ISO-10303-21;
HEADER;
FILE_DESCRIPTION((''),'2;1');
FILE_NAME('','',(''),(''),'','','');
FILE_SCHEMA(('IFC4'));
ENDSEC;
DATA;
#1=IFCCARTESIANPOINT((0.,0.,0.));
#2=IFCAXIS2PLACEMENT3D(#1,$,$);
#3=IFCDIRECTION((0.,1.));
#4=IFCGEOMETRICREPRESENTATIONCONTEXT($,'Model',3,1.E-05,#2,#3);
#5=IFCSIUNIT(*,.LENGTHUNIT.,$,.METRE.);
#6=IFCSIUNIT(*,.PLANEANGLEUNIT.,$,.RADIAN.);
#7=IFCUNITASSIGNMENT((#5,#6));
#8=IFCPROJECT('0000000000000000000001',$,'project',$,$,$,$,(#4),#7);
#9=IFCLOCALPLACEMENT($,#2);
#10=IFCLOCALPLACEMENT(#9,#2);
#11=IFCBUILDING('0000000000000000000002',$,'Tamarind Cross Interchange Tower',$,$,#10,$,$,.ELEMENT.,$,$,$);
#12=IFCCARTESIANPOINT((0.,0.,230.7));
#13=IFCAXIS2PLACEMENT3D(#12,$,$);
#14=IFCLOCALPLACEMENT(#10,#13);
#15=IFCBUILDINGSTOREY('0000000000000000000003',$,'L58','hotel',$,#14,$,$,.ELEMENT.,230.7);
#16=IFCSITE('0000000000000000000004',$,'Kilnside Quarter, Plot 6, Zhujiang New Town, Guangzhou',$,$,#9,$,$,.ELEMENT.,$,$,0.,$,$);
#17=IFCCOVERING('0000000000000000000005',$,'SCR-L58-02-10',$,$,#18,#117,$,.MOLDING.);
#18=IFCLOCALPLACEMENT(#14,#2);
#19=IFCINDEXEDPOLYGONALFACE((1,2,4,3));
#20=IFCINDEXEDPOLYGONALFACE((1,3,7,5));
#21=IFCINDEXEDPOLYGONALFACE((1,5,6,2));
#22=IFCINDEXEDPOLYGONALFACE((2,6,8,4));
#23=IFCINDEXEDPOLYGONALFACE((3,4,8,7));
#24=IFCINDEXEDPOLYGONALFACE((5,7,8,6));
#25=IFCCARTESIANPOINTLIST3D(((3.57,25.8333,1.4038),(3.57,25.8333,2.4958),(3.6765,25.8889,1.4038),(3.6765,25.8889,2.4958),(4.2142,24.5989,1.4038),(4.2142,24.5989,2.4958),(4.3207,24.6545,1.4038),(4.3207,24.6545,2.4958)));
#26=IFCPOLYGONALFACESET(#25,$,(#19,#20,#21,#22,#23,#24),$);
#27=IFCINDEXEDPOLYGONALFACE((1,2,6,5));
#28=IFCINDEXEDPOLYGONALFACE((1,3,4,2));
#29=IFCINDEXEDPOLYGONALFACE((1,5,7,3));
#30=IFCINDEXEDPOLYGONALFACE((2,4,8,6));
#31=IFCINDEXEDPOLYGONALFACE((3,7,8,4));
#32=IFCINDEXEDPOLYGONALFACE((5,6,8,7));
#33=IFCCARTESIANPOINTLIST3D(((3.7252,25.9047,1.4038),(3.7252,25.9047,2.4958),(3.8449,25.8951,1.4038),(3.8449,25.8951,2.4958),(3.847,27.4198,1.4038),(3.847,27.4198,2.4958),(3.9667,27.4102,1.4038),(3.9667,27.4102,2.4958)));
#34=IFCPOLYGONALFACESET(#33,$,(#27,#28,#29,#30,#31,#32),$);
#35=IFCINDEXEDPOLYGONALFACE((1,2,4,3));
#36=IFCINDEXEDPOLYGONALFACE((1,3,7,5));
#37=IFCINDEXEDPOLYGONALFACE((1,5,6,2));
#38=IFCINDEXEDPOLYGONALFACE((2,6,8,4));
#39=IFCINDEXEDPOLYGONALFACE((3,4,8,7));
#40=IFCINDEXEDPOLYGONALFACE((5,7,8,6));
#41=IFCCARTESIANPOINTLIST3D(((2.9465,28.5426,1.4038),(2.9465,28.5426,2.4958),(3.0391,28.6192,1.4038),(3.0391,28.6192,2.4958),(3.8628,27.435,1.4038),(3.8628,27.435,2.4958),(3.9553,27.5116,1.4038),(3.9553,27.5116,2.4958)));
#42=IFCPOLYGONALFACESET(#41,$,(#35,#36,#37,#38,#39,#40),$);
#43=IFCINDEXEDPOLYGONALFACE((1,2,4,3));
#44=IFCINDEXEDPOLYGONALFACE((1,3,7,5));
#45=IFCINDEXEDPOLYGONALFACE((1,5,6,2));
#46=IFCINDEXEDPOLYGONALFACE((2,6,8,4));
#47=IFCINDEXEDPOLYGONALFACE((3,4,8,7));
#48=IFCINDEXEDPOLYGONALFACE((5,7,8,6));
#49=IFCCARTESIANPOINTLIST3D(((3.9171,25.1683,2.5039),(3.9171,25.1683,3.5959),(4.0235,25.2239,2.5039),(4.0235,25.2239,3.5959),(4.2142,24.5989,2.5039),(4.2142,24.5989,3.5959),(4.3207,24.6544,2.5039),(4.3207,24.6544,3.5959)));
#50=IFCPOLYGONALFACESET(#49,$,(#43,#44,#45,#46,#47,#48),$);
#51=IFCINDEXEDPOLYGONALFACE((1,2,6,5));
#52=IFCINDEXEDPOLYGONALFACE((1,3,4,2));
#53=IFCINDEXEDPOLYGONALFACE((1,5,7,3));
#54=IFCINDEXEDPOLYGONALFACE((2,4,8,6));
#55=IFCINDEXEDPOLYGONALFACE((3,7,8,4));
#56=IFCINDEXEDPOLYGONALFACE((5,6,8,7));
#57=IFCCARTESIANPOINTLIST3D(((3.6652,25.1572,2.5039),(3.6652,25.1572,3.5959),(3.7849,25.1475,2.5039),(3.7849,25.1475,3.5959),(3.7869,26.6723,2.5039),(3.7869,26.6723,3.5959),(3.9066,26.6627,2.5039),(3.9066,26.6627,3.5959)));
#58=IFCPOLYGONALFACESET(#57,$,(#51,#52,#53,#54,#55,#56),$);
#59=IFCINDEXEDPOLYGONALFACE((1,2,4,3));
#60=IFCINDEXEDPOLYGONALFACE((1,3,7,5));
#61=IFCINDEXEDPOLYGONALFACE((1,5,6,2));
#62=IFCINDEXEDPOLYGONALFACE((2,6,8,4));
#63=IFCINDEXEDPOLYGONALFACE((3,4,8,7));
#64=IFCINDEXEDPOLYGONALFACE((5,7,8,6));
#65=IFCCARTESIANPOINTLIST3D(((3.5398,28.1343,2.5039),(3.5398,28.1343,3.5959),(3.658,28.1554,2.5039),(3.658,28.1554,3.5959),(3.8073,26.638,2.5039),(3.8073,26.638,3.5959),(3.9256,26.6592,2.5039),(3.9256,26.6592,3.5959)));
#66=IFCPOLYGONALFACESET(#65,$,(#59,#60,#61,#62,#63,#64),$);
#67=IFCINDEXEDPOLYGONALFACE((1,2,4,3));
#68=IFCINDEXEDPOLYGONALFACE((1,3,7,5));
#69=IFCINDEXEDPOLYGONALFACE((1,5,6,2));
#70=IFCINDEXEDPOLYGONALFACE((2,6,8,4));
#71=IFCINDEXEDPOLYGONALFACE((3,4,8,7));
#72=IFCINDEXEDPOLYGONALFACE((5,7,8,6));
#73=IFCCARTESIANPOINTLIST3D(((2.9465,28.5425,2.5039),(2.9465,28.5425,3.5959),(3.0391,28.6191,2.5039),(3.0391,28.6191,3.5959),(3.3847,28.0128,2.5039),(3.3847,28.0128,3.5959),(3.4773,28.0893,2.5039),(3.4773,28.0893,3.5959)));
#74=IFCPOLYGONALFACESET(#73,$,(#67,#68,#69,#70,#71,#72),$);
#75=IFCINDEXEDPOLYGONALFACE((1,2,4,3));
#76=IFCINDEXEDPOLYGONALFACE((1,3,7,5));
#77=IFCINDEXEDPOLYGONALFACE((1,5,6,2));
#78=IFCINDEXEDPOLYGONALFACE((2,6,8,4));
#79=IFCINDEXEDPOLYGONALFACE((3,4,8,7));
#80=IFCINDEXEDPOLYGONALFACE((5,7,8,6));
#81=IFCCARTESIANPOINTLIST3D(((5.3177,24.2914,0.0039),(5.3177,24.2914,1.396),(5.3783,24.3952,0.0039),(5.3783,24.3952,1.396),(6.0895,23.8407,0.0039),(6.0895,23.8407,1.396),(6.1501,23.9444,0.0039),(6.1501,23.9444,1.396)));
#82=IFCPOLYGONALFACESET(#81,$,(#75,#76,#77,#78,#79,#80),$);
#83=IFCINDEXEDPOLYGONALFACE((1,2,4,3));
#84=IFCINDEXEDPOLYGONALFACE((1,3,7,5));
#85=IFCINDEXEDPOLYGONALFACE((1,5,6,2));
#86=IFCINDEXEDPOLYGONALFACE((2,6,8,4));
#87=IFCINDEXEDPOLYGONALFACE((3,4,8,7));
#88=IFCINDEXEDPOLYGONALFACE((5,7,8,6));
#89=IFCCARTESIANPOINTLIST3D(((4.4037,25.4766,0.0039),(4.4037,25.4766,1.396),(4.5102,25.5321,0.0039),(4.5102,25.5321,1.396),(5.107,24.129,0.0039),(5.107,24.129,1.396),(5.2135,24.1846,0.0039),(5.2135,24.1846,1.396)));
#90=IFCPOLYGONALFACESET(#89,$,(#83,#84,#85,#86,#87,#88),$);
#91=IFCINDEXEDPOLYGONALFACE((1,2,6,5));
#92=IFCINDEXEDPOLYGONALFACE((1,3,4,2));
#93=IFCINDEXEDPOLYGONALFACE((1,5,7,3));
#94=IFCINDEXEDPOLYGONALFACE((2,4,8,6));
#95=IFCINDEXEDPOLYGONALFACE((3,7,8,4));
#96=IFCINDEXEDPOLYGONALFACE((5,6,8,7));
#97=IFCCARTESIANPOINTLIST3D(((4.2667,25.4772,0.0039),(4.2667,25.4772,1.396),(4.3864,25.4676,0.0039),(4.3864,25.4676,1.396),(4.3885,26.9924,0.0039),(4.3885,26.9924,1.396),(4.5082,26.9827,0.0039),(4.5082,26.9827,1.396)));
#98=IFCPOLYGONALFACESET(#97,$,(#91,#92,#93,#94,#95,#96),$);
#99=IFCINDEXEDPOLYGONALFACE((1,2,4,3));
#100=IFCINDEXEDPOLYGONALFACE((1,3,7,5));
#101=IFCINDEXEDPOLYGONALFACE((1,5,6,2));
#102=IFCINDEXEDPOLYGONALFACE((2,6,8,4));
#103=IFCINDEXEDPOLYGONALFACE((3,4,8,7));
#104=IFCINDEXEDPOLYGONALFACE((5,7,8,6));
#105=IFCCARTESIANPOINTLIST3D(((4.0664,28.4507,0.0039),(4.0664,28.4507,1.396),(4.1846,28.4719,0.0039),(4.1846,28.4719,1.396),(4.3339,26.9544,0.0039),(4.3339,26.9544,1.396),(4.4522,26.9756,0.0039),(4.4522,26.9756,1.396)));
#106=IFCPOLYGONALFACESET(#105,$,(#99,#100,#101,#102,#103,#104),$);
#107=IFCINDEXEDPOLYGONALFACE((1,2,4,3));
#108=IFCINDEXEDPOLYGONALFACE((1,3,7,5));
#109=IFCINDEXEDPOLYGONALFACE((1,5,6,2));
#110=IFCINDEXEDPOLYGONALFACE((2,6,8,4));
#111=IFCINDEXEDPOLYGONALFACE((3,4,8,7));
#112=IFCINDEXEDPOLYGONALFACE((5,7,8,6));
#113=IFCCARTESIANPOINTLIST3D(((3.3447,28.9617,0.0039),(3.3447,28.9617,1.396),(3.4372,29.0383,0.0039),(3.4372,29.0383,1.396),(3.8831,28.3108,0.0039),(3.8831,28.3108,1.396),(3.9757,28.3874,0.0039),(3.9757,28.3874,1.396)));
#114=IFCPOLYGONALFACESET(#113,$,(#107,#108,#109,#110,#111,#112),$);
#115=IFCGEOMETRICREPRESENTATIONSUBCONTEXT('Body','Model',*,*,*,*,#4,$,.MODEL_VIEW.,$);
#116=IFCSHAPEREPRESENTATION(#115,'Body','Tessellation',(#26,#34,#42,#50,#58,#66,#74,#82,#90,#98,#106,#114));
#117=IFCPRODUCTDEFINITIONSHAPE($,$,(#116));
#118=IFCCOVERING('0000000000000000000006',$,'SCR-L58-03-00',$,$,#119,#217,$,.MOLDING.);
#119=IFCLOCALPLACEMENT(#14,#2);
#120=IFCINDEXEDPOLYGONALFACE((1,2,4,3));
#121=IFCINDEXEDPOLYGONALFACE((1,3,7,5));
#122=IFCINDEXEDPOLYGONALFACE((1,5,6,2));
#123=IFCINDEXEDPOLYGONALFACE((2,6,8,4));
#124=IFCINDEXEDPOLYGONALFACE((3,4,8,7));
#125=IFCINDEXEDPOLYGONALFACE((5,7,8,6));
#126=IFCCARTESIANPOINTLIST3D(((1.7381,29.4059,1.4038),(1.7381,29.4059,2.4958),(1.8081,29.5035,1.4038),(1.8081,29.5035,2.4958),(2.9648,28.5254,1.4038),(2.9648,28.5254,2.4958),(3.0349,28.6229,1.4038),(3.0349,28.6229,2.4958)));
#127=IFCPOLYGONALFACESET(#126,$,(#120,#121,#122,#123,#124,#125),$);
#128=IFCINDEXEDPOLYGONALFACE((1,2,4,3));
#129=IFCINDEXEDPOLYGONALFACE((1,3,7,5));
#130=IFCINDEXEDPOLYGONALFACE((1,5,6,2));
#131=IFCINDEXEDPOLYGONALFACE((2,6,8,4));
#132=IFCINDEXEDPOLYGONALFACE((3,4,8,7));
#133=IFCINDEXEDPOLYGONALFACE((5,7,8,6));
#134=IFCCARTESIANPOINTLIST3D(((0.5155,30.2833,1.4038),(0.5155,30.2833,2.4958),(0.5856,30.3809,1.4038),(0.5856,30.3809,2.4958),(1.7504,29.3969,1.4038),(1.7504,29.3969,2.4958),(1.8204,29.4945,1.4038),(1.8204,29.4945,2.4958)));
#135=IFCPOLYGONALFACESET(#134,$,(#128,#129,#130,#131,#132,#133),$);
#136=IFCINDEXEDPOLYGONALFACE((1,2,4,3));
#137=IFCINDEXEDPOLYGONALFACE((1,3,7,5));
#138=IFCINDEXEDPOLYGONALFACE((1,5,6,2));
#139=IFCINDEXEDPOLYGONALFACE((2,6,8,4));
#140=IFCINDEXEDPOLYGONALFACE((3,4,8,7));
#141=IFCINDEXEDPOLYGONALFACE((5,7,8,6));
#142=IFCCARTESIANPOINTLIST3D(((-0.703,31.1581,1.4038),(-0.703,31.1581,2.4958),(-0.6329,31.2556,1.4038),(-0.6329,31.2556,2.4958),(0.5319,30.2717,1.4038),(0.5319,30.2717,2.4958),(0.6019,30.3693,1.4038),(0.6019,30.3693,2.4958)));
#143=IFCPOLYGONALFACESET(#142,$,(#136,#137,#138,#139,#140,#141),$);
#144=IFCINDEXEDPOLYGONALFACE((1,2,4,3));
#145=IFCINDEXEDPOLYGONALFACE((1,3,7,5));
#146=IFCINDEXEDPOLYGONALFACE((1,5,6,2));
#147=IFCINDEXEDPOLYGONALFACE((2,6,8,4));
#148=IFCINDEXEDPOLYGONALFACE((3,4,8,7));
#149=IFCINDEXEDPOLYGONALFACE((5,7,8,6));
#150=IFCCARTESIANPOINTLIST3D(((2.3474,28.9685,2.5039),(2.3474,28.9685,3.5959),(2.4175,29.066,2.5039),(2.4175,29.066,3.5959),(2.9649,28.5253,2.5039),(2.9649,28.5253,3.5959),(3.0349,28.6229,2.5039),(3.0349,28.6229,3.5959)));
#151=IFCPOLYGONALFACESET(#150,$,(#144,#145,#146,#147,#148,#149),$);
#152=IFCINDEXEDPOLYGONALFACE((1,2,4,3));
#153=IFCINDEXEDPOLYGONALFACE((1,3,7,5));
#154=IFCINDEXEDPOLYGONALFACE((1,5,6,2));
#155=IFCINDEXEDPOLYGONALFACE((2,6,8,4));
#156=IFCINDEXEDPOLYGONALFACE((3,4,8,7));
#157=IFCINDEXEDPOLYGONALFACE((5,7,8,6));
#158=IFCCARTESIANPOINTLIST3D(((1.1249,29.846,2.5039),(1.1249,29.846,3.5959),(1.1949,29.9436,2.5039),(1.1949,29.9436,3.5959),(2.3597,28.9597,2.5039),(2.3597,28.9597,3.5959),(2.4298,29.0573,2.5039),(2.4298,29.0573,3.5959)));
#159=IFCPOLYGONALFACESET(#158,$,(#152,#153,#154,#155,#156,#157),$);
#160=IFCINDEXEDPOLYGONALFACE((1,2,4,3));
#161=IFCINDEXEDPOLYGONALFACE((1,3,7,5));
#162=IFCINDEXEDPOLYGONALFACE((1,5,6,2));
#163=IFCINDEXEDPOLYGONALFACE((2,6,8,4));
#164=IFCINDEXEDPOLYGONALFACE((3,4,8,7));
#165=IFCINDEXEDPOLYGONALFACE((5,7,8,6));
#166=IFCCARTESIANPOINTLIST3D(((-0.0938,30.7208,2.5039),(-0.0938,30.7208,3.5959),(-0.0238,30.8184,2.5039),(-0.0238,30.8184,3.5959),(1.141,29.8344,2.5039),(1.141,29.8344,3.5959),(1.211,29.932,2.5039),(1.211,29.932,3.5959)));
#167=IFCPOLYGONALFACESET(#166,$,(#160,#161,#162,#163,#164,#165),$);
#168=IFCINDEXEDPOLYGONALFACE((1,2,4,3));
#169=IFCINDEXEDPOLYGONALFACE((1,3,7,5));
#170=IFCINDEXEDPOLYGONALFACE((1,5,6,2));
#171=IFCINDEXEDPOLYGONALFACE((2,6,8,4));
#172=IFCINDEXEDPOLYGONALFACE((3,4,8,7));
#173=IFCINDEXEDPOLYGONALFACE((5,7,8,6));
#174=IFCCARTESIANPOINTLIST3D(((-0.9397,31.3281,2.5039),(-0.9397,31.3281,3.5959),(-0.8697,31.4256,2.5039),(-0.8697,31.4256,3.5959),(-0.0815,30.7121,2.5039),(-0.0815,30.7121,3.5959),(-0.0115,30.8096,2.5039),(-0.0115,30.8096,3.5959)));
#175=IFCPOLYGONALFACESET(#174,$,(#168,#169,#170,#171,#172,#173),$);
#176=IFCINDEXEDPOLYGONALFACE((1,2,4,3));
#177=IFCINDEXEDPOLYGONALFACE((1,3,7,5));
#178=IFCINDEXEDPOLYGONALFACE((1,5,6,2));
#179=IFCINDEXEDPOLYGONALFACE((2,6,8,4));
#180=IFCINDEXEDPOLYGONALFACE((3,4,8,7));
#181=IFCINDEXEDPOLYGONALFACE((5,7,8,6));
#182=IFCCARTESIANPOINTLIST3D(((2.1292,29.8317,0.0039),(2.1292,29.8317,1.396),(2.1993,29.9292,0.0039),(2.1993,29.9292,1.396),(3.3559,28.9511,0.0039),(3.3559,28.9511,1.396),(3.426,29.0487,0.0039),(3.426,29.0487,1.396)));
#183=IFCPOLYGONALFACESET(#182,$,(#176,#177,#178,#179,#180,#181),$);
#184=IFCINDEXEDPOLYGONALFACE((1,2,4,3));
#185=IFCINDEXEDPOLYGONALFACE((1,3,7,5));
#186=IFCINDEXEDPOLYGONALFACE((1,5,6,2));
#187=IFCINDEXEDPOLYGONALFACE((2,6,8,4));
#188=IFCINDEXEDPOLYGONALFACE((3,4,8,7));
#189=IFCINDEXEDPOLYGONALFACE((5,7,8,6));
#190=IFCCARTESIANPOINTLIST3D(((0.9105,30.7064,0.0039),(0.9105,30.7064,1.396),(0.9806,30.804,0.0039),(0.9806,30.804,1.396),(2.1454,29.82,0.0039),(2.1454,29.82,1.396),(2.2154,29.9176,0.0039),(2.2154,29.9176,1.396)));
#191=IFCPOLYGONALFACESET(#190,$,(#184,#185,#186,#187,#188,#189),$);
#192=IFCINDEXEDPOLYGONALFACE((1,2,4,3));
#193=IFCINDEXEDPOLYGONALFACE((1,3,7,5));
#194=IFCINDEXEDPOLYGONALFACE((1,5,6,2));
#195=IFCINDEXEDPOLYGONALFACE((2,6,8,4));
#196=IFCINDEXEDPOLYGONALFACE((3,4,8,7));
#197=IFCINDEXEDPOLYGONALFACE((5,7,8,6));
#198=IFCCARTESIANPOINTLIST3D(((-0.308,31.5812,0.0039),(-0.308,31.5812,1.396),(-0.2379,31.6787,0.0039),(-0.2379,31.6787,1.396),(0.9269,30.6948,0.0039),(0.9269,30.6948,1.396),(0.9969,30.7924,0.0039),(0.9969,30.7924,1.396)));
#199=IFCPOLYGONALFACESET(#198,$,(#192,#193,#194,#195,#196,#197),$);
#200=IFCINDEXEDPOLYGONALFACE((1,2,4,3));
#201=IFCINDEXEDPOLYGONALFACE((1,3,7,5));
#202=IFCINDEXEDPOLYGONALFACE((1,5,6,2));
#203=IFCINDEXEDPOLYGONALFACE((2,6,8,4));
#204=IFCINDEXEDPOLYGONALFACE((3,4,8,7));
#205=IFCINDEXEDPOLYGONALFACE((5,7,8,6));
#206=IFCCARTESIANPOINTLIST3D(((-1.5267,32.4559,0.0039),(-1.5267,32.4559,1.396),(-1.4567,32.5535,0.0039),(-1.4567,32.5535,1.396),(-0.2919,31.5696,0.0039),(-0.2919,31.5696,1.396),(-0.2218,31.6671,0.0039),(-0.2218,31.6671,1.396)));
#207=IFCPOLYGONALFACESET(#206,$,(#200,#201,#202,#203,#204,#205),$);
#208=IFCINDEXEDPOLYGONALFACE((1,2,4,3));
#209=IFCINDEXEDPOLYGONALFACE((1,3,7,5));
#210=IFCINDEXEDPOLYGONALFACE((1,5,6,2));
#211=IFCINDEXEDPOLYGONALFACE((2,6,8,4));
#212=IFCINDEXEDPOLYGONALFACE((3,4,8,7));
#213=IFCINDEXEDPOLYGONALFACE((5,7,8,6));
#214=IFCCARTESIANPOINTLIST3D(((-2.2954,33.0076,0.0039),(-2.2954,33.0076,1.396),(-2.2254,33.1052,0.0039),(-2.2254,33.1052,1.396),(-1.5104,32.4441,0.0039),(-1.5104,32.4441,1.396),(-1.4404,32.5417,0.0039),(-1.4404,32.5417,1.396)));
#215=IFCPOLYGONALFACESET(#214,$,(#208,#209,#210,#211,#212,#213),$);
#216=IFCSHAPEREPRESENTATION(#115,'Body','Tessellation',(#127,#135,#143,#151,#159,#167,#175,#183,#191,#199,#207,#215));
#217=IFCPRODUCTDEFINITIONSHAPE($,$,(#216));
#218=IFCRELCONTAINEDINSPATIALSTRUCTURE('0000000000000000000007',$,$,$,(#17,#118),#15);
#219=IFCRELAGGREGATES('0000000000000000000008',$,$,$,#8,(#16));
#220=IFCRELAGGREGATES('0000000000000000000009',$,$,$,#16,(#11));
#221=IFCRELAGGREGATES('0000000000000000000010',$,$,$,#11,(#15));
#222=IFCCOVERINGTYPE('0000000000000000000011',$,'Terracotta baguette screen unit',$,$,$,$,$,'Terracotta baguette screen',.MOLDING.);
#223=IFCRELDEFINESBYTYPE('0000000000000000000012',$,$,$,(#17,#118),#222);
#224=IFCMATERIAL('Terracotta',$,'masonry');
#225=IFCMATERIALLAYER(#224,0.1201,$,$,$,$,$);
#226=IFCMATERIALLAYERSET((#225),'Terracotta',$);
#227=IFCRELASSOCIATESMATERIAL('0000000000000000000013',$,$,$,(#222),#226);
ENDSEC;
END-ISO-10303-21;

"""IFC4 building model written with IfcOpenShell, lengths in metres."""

from ifc_helpers import new_model, si_unit, direction, frame, origin, origin_2d, place, context, subcontext, project, spatial, rectangle, extrude, material, layer, layer_set, type_object, element, save


model = new_model("IFC4")

# Units and contexts
model_context = context("Model", 3, precision=1e-05, world=origin(), true_north=direction((0.0, 1.0)))
body_context = subcontext(model_context, "Body", "Model", "MODEL_VIEW")
ifc_project = project(units=[si_unit("LENGTHUNIT", "METRE"), si_unit("PLANEANGLEUNIT", "RADIAN")], contexts=[model_context])

# Site, building, storey
site_placement = place(None, origin())
site = spatial("IfcSite", under=ifc_project, at=site_placement, Name="Kilnside Quarter, Plot 6, Zhujiang New Town, Guangzhou", CompositionType="ELEMENT", RefElevation=0.0)
building_placement = place(site_placement, origin())
building = spatial("IfcBuilding", under=site, at=building_placement, Name="Tamarind Cross Interchange Tower", CompositionType="ELEMENT")
storey_placement = place(building_placement, frame((0.0, 0.0, 230.7)))
storey = spatial("IfcBuildingStorey", under=building, at=storey_placement, Name="L58", Description="hotel", CompositionType="ELEMENT", Elevation=230.7)

# Coverings
ifc_material_1 = material(Name="Terracotta", Category="masonry")
ifc_layer_1 = layer(ifc_material_1, 0.1201)
ifc_layer_set_1 = layer_set([ifc_layer_1], Name="Terracotta")
covering_type = type_object("IfcCoveringType", Name="Terracotta baguette screen unit", ElementType="Terracotta baguette screen", PredefinedType="MOLDING", material=ifc_layer_set_1)
covering_1_placement = place(storey_placement, origin())
element("IfcCovering", 1, at=covering_1_placement, inside=storey, type_object=covering_type, Name="SCR-L58-02-10", PredefinedType="MOLDING", context=body_context, shape_type="SweptSolid", body=[
    extrude(rectangle(XDim=1.3923, YDim=0.1201, at=origin_2d()), frame((3.9453, 25.2439, 1.4038), z_axis=(0.0, 0.0, 1.0), x_axis=(-0.46267, 0.886531, 0.0)), (0.0, 0.0, 1.0), 1.092),
    extrude(rectangle(XDim=1.52, YDim=0.1201, at=origin_2d()), frame((3.8459, 26.6575, 1.4038), z_axis=(0.0, 0.0, 1.0), x_axis=(0.08009, 0.996788, 0.0)), (0.0, 0.0, 1.0), 1.092),
    extrude(rectangle(XDim=1.4375, YDim=0.1201, at=origin_2d()), frame((3.4509, 28.0271, 1.4038), z_axis=(0.0, 0.0, 1.0), x_axis=(-0.637407, 0.770527, 0.0)), (0.0, 0.0, 1.0), 1.092),
    extrude(rectangle(XDim=0.6423, YDim=0.1201, at=origin_2d()), frame((4.1189, 24.9114, 2.5039), z_axis=(0.0, 0.0, 1.0), x_axis=(-0.46267, 0.886531, 0.0)), (0.0, 0.0, 1.0), 1.092),
    extrude(rectangle(XDim=1.52, YDim=0.1201, at=origin_2d()), frame((3.7859, 25.9099, 2.5039), z_axis=(0.0, 0.0, 1.0), x_axis=(0.08009, 0.996788, 0.0)), (0.0, 0.0, 1.0), 1.092),
    extrude(rectangle(XDim=1.52, YDim=0.1201, at=origin_2d()), frame((3.7327, 27.3967, 2.5039), z_axis=(0.0, 0.0, 1.0), x_axis=(-0.176004, 0.984389, 0.0)), (0.0, 0.0, 1.0), 1.092),
    extrude(rectangle(XDim=0.6875, YDim=0.1201, at=origin_2d()), frame((3.2119, 28.3159, 2.5039), z_axis=(0.0, 0.0, 1.0), x_axis=(-0.637407, 0.770527, 0.0)), (0.0, 0.0, 1.0), 1.092),
    extrude(rectangle(XDim=0.8938, YDim=0.1201, at=origin_2d()), frame((5.7339, 24.1179, 0.0039), z_axis=(0.0, 0.0, 1.0), x_axis=(-0.863508, 0.504334, 0.0)), (0.0, 0.0, 1.0), 1.3921),
    extrude(rectangle(XDim=1.52, YDim=0.1201, at=origin_2d()), frame((4.8086, 24.8306, 0.0039), z_axis=(0.0, 0.0, 1.0), x_axis=(-0.46267, 0.886531, 0.0)), (0.0, 0.0, 1.0), 1.3921),
    extrude(rectangle(XDim=1.52, YDim=0.1201, at=origin_2d()), frame((4.3875, 26.23, 0.0039), z_axis=(0.0, 0.0, 1.0), x_axis=(0.08009, 0.996788, 0.0)), (0.0, 0.0, 1.0), 1.3921),
    extrude(rectangle(XDim=1.52, YDim=0.1201, at=origin_2d()), frame((4.2593, 27.7131, 0.0039), z_axis=(0.0, 0.0, 1.0), x_axis=(-0.176004, 0.984389, 0.0)), (0.0, 0.0, 1.0), 1.3921),
    extrude(rectangle(XDim=0.8447, YDim=0.1201, at=origin_2d()), frame((3.6602, 28.6746, 0.0039), z_axis=(0.0, 0.0, 1.0), x_axis=(-0.637407, 0.770527, 0.0)), (0.0, 0.0, 1.0), 1.3921),
])
covering_2_placement = place(storey_placement, origin())
element("IfcCovering", 2, at=covering_2_placement, inside=storey, type_object=covering_type, Name="SCR-L58-03-00", PredefinedType="MOLDING", context=body_context, shape_type="SweptSolid", body=[
    extrude(rectangle(XDim=1.51, YDim=0.1201, at=origin_2d()), frame((2.3865, 29.0144, 1.4038), z_axis=(0.0, 0.0, 1.0), x_axis=(-0.812385, 0.583122, 0.0)), (0.0, 0.0, 1.0), 1.092),
    extrude(rectangle(XDim=1.52, YDim=0.1201, at=origin_2d()), frame((1.168, 29.8889, 1.4038), z_axis=(0.0, 0.0, 1.0), x_axis=(-0.812385, 0.583122, 0.0)), (0.0, 0.0, 1.0), 1.092),
    extrude(rectangle(XDim=1.52, YDim=0.1201, at=origin_2d()), frame((-0.0505, 30.7637, 1.4038), z_axis=(0.0, 0.0, 1.0), x_axis=(-0.812385, 0.583122, 0.0)), (0.0, 0.0, 1.0), 1.092),
    extrude(rectangle(XDim=0.76, YDim=0.1201, at=origin_2d()), frame((2.6912, 28.7957, 2.5039), z_axis=(0.0, 0.0, 1.0), x_axis=(-0.812385, 0.583122, 0.0)), (0.0, 0.0, 1.0), 1.092),
    extrude(rectangle(XDim=1.52, YDim=0.1201, at=origin_2d()), frame((1.7773, 29.4517, 2.5039), z_axis=(0.0, 0.0, 1.0), x_axis=(-0.812385, 0.583122, 0.0)), (0.0, 0.0, 1.0), 1.092),
    extrude(rectangle(XDim=1.52, YDim=0.1201, at=origin_2d()), frame((0.5586, 30.3264, 2.5039), z_axis=(0.0, 0.0, 1.0), x_axis=(-0.812385, 0.583122, 0.0)), (0.0, 0.0, 1.0), 1.092),
    extrude(rectangle(XDim=1.0564, YDim=0.1201, at=origin_2d()), frame((-0.4756, 31.0688, 2.5039), z_axis=(0.0, 0.0, 1.0), x_axis=(-0.812385, 0.583122, 0.0)), (0.0, 0.0, 1.0), 1.092),
    extrude(rectangle(XDim=1.51, YDim=0.1201, at=origin_2d()), frame((2.7776, 29.4402, 0.0039), z_axis=(0.0, 0.0, 1.0), x_axis=(-0.812385, 0.583122, 0.0)), (0.0, 0.0, 1.0), 1.3921),
    extrude(rectangle(XDim=1.52, YDim=0.1201, at=origin_2d()), frame((1.563, 30.312, 0.0039), z_axis=(0.0, 0.0, 1.0), x_axis=(-0.812385, 0.583122, 0.0)), (0.0, 0.0, 1.0), 1.3921),
    extrude(rectangle(XDim=1.52, YDim=0.1201, at=origin_2d()), frame((0.3445, 31.1868, 0.0039), z_axis=(0.0, 0.0, 1.0), x_axis=(-0.812385, 0.583122, 0.0)), (0.0, 0.0, 1.0), 1.3921),
    extrude(rectangle(XDim=1.52, YDim=0.1201, at=origin_2d()), frame((-0.8743, 32.0615, 0.0039), z_axis=(0.0, 0.0, 1.0), x_axis=(-0.812385, 0.583122, 0.0)), (0.0, 0.0, 1.0), 1.3921),
    extrude(rectangle(XDim=0.9663, YDim=0.1201, at=origin_2d()), frame((-1.8679, 32.7747, 0.0039), z_axis=(0.0, 0.0, 1.0), x_axis=(-0.812385, 0.583122, 0.0)), (0.0, 0.0, 1.0), 1.3921),
])

save(model, "model.ifc")
